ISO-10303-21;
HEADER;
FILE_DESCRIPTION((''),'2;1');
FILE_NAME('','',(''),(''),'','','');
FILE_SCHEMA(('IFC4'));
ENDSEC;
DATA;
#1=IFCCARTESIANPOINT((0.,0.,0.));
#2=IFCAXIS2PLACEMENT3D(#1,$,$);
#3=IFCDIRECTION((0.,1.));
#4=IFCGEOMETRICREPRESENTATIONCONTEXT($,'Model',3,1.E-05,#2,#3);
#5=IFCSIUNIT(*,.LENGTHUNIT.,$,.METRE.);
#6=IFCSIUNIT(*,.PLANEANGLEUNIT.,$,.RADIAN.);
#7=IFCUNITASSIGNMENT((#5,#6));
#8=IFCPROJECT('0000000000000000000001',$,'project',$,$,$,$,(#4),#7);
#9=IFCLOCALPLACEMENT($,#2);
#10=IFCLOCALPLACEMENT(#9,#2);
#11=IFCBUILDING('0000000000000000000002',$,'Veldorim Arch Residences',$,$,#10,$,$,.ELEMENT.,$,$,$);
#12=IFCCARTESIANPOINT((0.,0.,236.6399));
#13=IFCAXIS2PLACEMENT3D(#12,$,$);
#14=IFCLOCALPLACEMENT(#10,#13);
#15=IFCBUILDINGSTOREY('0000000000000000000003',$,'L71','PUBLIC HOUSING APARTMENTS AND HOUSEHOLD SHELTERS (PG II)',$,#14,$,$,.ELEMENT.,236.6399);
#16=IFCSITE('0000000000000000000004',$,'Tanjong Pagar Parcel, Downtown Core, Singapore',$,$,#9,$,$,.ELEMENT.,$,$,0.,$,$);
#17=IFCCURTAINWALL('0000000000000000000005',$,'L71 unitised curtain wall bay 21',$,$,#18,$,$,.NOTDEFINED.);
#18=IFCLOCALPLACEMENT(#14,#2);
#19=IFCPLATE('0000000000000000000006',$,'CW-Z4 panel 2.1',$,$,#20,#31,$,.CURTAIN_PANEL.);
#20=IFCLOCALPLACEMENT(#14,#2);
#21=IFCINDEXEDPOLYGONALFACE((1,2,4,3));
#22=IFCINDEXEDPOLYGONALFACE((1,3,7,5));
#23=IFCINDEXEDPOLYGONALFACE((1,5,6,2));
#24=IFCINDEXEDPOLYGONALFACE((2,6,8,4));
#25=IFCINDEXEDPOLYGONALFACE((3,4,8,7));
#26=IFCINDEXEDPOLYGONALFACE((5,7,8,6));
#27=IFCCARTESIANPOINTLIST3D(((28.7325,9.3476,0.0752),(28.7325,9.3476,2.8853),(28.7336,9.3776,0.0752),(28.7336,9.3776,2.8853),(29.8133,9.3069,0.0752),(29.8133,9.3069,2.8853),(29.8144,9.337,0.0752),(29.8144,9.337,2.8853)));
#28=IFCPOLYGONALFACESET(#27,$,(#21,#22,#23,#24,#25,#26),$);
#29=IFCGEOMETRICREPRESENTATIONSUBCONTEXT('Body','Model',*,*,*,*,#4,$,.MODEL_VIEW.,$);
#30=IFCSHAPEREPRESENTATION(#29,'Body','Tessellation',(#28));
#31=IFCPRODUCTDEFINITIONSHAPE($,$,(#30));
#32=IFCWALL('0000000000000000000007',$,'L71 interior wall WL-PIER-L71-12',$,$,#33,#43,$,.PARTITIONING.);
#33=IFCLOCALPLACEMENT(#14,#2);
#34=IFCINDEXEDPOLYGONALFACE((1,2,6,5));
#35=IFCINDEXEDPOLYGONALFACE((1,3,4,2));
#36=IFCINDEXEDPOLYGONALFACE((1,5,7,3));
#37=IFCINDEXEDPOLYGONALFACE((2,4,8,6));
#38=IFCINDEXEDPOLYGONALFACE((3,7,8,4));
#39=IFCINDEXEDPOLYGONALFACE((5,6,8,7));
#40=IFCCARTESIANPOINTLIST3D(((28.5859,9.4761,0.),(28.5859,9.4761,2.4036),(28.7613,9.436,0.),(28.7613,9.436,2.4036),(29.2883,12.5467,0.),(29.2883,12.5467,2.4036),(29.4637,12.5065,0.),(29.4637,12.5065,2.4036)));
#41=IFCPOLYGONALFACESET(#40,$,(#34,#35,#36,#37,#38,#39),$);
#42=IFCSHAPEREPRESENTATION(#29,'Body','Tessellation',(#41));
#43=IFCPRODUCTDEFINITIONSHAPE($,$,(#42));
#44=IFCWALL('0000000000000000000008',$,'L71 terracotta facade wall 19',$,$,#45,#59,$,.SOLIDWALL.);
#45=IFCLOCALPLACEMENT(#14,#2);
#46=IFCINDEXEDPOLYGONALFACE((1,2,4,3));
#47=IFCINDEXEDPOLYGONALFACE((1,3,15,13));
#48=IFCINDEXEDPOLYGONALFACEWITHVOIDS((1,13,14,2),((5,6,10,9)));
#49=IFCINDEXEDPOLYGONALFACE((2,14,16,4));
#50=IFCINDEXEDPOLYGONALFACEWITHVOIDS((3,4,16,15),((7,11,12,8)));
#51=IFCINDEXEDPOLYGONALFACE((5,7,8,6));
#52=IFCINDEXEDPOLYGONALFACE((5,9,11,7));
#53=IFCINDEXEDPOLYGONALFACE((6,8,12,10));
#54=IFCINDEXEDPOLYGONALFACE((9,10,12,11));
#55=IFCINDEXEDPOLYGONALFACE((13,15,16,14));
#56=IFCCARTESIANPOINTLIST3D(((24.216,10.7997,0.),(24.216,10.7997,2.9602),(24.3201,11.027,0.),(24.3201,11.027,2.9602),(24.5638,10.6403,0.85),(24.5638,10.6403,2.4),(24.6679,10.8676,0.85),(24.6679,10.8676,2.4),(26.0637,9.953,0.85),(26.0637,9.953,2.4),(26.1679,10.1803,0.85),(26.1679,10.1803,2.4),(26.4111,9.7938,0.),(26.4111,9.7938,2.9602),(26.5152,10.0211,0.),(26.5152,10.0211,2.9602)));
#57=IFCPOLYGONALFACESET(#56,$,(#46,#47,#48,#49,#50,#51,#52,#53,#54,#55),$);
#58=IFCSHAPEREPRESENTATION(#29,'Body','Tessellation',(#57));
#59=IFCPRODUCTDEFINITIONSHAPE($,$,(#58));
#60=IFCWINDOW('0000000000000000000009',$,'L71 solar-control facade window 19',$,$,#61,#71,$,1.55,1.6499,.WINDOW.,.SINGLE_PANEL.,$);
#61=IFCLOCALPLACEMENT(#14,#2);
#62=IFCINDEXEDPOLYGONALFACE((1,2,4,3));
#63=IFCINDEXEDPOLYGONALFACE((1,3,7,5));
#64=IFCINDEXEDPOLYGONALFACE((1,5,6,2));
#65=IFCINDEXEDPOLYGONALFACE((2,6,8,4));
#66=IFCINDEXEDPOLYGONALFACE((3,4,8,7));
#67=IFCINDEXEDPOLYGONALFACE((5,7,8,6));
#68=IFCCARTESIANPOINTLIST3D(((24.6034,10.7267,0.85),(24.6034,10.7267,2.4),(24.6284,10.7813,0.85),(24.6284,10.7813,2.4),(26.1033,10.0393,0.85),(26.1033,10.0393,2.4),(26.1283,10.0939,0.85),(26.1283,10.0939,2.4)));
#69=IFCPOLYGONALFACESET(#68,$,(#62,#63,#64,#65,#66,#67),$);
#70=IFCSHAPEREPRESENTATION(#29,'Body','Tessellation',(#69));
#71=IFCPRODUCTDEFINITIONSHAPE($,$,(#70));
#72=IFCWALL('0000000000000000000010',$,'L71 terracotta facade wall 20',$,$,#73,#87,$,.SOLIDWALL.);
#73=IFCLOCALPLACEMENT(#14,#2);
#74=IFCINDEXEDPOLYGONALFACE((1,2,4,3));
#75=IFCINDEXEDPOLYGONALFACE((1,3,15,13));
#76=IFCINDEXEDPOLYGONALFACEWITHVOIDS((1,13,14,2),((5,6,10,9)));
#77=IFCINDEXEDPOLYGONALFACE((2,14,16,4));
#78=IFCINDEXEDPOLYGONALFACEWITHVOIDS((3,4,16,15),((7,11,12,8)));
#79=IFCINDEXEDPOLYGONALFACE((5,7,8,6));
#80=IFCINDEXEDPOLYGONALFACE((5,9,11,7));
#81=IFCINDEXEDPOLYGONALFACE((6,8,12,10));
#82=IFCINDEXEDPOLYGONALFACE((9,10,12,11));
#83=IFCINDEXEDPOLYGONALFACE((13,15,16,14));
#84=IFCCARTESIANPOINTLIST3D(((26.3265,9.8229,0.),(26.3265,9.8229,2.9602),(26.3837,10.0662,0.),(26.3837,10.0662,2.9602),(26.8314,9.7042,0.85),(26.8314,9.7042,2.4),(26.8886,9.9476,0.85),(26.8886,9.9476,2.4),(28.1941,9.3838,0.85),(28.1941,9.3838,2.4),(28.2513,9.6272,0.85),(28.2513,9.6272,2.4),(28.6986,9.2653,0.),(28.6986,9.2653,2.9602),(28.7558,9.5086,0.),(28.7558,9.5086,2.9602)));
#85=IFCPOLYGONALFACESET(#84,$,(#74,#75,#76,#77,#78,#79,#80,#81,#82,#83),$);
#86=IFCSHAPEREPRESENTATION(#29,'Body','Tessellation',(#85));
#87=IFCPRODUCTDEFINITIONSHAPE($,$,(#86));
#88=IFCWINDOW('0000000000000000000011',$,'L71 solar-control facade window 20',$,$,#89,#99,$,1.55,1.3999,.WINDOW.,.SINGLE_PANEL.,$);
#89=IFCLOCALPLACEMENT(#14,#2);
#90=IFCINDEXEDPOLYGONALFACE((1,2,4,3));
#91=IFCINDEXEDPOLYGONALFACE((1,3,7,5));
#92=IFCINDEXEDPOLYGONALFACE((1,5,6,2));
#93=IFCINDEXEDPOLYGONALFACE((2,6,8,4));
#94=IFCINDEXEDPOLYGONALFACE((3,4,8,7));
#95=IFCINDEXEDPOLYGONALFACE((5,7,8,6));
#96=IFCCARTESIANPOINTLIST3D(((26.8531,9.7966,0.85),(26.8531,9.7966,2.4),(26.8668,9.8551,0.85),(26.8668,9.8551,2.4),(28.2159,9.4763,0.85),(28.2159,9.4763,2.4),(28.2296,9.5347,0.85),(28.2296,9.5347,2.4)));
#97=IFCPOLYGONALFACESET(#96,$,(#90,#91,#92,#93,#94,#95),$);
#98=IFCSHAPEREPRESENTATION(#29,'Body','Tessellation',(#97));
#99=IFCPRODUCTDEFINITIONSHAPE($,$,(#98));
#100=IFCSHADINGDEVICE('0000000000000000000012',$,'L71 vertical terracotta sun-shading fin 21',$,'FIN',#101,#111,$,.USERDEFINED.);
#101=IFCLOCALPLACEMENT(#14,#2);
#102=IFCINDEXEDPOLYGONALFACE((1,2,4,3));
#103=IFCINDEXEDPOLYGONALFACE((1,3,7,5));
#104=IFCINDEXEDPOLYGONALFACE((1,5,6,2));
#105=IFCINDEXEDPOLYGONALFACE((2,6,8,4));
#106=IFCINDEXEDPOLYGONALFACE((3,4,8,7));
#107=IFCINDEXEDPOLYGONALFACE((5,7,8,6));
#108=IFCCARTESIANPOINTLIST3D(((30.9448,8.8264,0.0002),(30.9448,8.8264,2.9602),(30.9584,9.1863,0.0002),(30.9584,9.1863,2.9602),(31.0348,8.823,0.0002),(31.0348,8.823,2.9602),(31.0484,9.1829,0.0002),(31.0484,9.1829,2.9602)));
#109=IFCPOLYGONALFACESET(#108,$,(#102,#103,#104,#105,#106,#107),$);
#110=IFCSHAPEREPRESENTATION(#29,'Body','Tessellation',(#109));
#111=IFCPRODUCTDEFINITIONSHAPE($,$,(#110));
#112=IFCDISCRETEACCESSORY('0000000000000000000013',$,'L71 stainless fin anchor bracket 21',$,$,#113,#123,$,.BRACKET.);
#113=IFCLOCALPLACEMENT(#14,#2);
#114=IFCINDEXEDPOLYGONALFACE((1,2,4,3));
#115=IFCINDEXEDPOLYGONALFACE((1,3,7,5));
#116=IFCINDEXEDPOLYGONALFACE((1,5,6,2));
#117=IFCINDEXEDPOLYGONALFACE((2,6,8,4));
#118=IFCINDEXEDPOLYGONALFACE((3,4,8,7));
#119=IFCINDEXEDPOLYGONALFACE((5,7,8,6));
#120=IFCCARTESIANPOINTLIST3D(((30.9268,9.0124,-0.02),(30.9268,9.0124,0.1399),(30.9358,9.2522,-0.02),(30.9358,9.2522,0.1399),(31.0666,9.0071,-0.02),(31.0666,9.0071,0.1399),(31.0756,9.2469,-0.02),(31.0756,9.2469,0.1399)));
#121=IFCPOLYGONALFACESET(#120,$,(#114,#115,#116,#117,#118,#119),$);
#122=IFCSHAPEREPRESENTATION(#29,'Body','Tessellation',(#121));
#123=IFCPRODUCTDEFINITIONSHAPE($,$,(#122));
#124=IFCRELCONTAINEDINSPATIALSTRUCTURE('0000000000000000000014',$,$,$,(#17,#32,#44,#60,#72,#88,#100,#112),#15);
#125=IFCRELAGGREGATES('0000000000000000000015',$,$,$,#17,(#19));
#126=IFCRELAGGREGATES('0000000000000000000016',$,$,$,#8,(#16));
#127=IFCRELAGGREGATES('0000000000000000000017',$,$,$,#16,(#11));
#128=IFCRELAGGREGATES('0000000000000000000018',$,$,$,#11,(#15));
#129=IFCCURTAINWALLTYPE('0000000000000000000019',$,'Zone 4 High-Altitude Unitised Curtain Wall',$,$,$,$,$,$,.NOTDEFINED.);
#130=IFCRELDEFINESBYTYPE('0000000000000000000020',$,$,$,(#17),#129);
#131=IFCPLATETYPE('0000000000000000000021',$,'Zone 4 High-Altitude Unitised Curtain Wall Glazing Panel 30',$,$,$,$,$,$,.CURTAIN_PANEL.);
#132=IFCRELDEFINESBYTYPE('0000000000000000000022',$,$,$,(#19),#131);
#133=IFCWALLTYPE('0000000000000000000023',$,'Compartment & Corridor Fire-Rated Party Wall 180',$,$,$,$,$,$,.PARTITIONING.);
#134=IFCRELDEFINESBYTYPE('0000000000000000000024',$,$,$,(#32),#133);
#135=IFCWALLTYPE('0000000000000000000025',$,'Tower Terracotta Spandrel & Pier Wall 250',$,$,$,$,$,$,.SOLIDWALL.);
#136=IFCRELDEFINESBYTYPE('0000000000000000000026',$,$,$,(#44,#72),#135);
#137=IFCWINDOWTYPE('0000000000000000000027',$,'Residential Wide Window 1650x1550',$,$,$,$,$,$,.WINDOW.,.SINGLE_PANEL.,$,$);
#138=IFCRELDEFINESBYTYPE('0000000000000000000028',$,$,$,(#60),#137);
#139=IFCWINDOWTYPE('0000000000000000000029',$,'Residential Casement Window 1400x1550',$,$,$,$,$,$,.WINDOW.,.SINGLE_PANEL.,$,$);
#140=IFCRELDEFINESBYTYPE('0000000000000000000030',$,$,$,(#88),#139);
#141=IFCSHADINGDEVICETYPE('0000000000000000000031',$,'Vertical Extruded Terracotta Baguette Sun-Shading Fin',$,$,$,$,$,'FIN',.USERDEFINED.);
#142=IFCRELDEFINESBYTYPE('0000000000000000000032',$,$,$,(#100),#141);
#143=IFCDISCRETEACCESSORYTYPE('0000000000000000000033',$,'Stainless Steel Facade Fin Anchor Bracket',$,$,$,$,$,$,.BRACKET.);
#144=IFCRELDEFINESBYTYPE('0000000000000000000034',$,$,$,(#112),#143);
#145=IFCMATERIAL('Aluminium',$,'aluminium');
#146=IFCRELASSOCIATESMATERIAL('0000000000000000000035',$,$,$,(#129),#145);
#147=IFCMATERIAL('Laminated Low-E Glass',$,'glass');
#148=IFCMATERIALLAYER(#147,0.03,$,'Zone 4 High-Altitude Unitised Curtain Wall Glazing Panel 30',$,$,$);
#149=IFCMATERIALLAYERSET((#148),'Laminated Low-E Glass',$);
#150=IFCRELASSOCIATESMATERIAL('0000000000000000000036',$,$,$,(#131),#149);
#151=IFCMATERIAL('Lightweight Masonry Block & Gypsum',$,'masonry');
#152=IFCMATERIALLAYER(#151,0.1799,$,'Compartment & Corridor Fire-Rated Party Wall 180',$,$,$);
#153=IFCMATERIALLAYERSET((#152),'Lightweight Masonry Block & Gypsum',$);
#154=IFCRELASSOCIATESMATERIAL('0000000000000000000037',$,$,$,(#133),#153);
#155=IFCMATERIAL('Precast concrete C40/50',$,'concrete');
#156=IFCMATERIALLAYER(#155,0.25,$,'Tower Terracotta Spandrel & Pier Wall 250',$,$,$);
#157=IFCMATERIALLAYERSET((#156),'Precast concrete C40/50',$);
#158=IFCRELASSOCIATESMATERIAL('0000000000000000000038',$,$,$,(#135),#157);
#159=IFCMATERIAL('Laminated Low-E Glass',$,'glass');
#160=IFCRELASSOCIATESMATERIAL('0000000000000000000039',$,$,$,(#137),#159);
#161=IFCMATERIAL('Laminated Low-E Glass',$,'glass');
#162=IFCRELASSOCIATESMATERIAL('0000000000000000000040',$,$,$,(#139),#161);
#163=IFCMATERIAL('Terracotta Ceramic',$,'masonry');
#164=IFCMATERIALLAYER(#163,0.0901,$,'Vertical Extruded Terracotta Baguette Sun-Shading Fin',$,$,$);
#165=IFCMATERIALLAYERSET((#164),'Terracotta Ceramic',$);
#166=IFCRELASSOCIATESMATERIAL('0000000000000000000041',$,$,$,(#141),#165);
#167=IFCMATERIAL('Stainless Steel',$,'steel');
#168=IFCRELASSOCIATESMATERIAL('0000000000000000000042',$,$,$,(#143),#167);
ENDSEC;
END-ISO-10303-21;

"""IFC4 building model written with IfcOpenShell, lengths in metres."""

from ifc_helpers import new_model, si_unit, direction, frame, frame_2d, origin, origin_2d, place, context, subcontext, project, spatial, rectangle, extrude, material, layer, layer_set, type_object, element, fill, aggregate, save


model = new_model("IFC4")

# Units and contexts
model_context = context("Model", 3, precision=1e-05, world=origin(), true_north=direction((0.0, 1.0)))
body_context = subcontext(model_context, "Body", "Model", "MODEL_VIEW")
ifc_project = project(units=[si_unit("LENGTHUNIT", "METRE"), si_unit("PLANEANGLEUNIT", "RADIAN")], contexts=[model_context])

# Site, building, storey
site_placement = place(None, origin())
site = spatial("IfcSite", under=ifc_project, at=site_placement, Name="Tanjong Pagar Parcel, Downtown Core, Singapore", CompositionType="ELEMENT", RefElevation=0.0)
building_placement = place(site_placement, origin())
building = spatial("IfcBuilding", under=site, at=building_placement, Name="Veldorim Arch Residences", CompositionType="ELEMENT")
storey_placement = place(building_placement, frame((0.0, 0.0, 236.6399)))
storey = spatial("IfcBuildingStorey", under=building, at=storey_placement, Name="L71", Description="PUBLIC HOUSING APARTMENTS AND HOUSEHOLD SHELTERS (PG II)", CompositionType="ELEMENT", Elevation=236.6399)

# Curtain wall, plate
ifc_material_1 = material(Name="Aluminium", Category="aluminium")
curtain_wall_type = type_object("IfcCurtainWallType", Name="Zone 4 High-Altitude Unitised Curtain Wall", PredefinedType="NOTDEFINED", material=ifc_material_1)
curtain_wall_placement = place(storey_placement, origin())
curtain_wall = element("IfcCurtainWall", 1, at=curtain_wall_placement, inside=storey, type_object=curtain_wall_type, Name="L71 unitised curtain wall bay 21", PredefinedType="NOTDEFINED")
ifc_material_2 = material(Name="Laminated Low-E Glass", Category="glass")
ifc_layer_1 = layer(ifc_material_2, 0.03, Name="Zone 4 High-Altitude Unitised Curtain Wall Glazing Panel 30")
ifc_layer_set_1 = layer_set([ifc_layer_1], Name="Laminated Low-E Glass")
plate_type = type_object("IfcPlateType", Name="Zone 4 High-Altitude Unitised Curtain Wall Glazing Panel 30", PredefinedType="CURTAIN_PANEL", material=ifc_layer_set_1)
plate_1_placement = place(storey_placement, frame((29.2734, 9.3423, 0.0752), z_axis=(0.0, 0.0, 1.0), x_axis=(-0.999293, 0.037606, 0.0)))
plate_1 = element("IfcPlate", 2, at=plate_1_placement, type_object=plate_type, Name="CW-Z4 panel 2.1", PredefinedType="CURTAIN_PANEL", context=body_context, shape_type="SweptSolid", body=[
    extrude(rectangle(XDim=1.0815, YDim=0.03, at=origin_2d()), origin(), (0.0, 0.0, 1.0), 2.8101),
])
aggregate(curtain_wall, [plate_1])

# Wall
ifc_material_3 = material(Name="Lightweight Masonry Block & Gypsum", Category="masonry")
ifc_layer_2 = layer(ifc_material_3, 0.1799, Name="Compartment & Corridor Fire-Rated Party Wall 180")
ifc_layer_set_2 = layer_set([ifc_layer_2], Name="Lightweight Masonry Block & Gypsum")
wall_type_1 = type_object("IfcWallType", Name="Compartment & Corridor Fire-Rated Party Wall 180", PredefinedType="PARTITIONING", material=ifc_layer_set_2)
wall_1_placement = place(storey_placement, frame((29.376, 12.5266, 0.0), z_axis=(0.0, 0.0, 1.0), x_axis=(-0.222991, -0.97482, 0.0)))
element("IfcWall", 3, at=wall_1_placement, inside=storey, type_object=wall_type_1, Name="L71 interior wall WL-PIER-L71-12", PredefinedType="PARTITIONING", context=body_context, shape_type="SweptSolid", body=[
    extrude(rectangle(XDim=3.1499, YDim=0.1799, at=frame_2d((1.575, 0.0))), origin(), (0.0, 0.0, 1.0), 2.4036),
])

# Walls, openings, windows
ifc_material_4 = material(Name="Precast concrete C40/50", Category="concrete")
ifc_layer_3 = layer(ifc_material_4, 0.25, Name="Tower Terracotta Spandrel & Pier Wall 250")
ifc_layer_set_3 = layer_set([ifc_layer_3], Name="Precast concrete C40/50")
wall_type_2 = type_object("IfcWallType", Name="Tower Terracotta Spandrel & Pier Wall 250", PredefinedType="SOLIDWALL", material=ifc_layer_set_3)
wall_2_placement = place(storey_placement, frame((26.4631, 9.9075, 0.0), z_axis=(0.0, 0.0, 1.0), x_axis=(-0.909098, 0.416582, 0.0)))
wall_2 = element("IfcWall", 4, at=wall_2_placement, inside=storey, type_object=wall_type_2, Name="L71 terracotta facade wall 19", PredefinedType="SOLIDWALL", context=body_context, shape_type="SweptSolid", body=[
    extrude(rectangle(XDim=2.4146, YDim=0.25, at=frame_2d((1.2073, 0.0))), origin(), (0.0, 0.0, 1.0), 2.9602),
])
opening_1_placement = place(wall_2_placement, frame((0.3821, 0.0, 0.8501)))
opening_1 = element("IfcOpeningElement", 5, at=opening_1_placement, cuts=wall_2, PredefinedType="OPENING", context=body_context, shape_type="SweptSolid", body=[
    extrude(rectangle(XDim=1.6499, YDim=1.55, at=frame_2d((0.825, 0.7749))), frame((0.0, 0.135, 0.0), z_axis=(0.0, -1.0, 0.0), x_axis=(1.0, 0.0, 0.0)), (0.0, 0.0, 1.0), 0.27),
])
ifc_material_5 = material(Name="Laminated Low-E Glass", Category="glass")
window_type_1 = type_object("IfcWindowType", Name="Residential Wide Window 1650x1550", PartitioningType="SINGLE_PANEL", PredefinedType="WINDOW", material=ifc_material_5)
window_1_placement = place(opening_1_placement, origin())
window_1 = element("IfcWindow", 6, at=window_1_placement, inside=storey, type_object=window_type_1, Name="L71 solar-control facade window 19", OverallHeight=1.55, OverallWidth=1.6499, PartitioningType="SINGLE_PANEL", PredefinedType="WINDOW", context=body_context, shape_type="SweptSolid", body=[
    extrude(rectangle(XDim=1.6499, YDim=1.55, at=frame_2d((0.825, 0.7749))), frame((0.0, 0.03, 0.0), z_axis=(0.0, -1.0, 0.0), x_axis=(1.0, 0.0, 0.0)), (0.0, 0.0, 1.0), 0.0601),
])
fill(opening_1, window_1)
wall_3_placement = place(storey_placement, frame((28.7271, 9.387, 0.0), z_axis=(0.0, 0.0, 1.0), x_axis=(-0.973464, 0.228838, 0.0)))
wall_3 = element("IfcWall", 7, at=wall_3_placement, inside=storey, type_object=wall_type_2, Name="L71 terracotta facade wall 20", PredefinedType="SOLIDWALL", context=body_context, shape_type="SweptSolid", body=[
    extrude(rectangle(XDim=2.4368, YDim=0.25, at=frame_2d((1.2183, 0.0))), origin(), (0.0, 0.0, 1.0), 2.9602),
])
opening_2_placement = place(wall_3_placement, frame((0.5181, 0.0, 0.8501)))
opening_2 = element("IfcOpeningElement", 8, at=opening_2_placement, cuts=wall_3, PredefinedType="OPENING", context=body_context, shape_type="SweptSolid", body=[
    extrude(rectangle(XDim=1.3999, YDim=1.55, at=frame_2d((0.7, 0.7749))), frame((0.0, 0.135, 0.0), z_axis=(0.0, -1.0, 0.0), x_axis=(1.0, 0.0, 0.0)), (0.0, 0.0, 1.0), 0.27),
])
ifc_material_6 = material(Name="Laminated Low-E Glass", Category="glass")
window_type_2 = type_object("IfcWindowType", Name="Residential Casement Window 1400x1550", PartitioningType="SINGLE_PANEL", PredefinedType="WINDOW", material=ifc_material_6)
window_2_placement = place(opening_2_placement, origin())
window_2 = element("IfcWindow", 9, at=window_2_placement, inside=storey, type_object=window_type_2, Name="L71 solar-control facade window 20", OverallHeight=1.55, OverallWidth=1.3999, PartitioningType="SINGLE_PANEL", PredefinedType="WINDOW", context=body_context, shape_type="SweptSolid", body=[
    extrude(rectangle(XDim=1.3999, YDim=1.55, at=frame_2d((0.7, 0.7749))), frame((0.0, 0.03, 0.0), z_axis=(0.0, -1.0, 0.0), x_axis=(1.0, 0.0, 0.0)), (0.0, 0.0, 1.0), 0.0601),
])
fill(opening_2, window_2)

# Shading device
ifc_material_7 = material(Name="Terracotta Ceramic", Category="masonry")
ifc_layer_4 = layer(ifc_material_7, 0.0901, Name="Vertical Extruded Terracotta Baguette Sun-Shading Fin")
ifc_layer_set_4 = layer_set([ifc_layer_4], Name="Terracotta Ceramic")
shading_device_type = type_object("IfcShadingDeviceType", Name="Vertical Extruded Terracotta Baguette Sun-Shading Fin", ElementType="FIN", PredefinedType="USERDEFINED", material=ifc_layer_set_4)
shading_device_placement = place(storey_placement, frame((30.9966, 9.0046, 0.0002), z_axis=(0.0, 0.0, 1.0), x_axis=(-0.999289, 0.03769, 0.0)))
element("IfcShadingDevice", 10, at=shading_device_placement, inside=storey, type_object=shading_device_type, Name="L71 vertical terracotta sun-shading fin 21", ObjectType="FIN", PredefinedType="USERDEFINED", context=body_context, shape_type="SweptSolid", body=[
    extrude(rectangle(XDim=0.0901, YDim=0.3601, at=origin_2d()), origin(), (0.0, 0.0, 1.0), 2.96),
])

# Discrete accessory
ifc_material_8 = material(Name="Stainless Steel", Category="steel")
discrete_accessory_type = type_object("IfcDiscreteAccessoryType", Name="Stainless Steel Facade Fin Anchor Bracket", PredefinedType="BRACKET", material=ifc_material_8)
discrete_accessory_placement = place(storey_placement, frame((31.0012, 9.1296, -0.02), z_axis=(0.0, 0.0, 1.0), x_axis=(-0.999289, 0.03769, 0.0)))
element("IfcDiscreteAccessory", 11, at=discrete_accessory_placement, inside=storey, type_object=discrete_accessory_type, Name="L71 stainless fin anchor bracket 21", PredefinedType="BRACKET", context=body_context, shape_type="SweptSolid", body=[
    extrude(rectangle(XDim=0.1399, YDim=0.24, at=origin_2d()), origin(), (0.0, 0.0, 1.0), 0.1599),
])

save(model, "model.ifc")
